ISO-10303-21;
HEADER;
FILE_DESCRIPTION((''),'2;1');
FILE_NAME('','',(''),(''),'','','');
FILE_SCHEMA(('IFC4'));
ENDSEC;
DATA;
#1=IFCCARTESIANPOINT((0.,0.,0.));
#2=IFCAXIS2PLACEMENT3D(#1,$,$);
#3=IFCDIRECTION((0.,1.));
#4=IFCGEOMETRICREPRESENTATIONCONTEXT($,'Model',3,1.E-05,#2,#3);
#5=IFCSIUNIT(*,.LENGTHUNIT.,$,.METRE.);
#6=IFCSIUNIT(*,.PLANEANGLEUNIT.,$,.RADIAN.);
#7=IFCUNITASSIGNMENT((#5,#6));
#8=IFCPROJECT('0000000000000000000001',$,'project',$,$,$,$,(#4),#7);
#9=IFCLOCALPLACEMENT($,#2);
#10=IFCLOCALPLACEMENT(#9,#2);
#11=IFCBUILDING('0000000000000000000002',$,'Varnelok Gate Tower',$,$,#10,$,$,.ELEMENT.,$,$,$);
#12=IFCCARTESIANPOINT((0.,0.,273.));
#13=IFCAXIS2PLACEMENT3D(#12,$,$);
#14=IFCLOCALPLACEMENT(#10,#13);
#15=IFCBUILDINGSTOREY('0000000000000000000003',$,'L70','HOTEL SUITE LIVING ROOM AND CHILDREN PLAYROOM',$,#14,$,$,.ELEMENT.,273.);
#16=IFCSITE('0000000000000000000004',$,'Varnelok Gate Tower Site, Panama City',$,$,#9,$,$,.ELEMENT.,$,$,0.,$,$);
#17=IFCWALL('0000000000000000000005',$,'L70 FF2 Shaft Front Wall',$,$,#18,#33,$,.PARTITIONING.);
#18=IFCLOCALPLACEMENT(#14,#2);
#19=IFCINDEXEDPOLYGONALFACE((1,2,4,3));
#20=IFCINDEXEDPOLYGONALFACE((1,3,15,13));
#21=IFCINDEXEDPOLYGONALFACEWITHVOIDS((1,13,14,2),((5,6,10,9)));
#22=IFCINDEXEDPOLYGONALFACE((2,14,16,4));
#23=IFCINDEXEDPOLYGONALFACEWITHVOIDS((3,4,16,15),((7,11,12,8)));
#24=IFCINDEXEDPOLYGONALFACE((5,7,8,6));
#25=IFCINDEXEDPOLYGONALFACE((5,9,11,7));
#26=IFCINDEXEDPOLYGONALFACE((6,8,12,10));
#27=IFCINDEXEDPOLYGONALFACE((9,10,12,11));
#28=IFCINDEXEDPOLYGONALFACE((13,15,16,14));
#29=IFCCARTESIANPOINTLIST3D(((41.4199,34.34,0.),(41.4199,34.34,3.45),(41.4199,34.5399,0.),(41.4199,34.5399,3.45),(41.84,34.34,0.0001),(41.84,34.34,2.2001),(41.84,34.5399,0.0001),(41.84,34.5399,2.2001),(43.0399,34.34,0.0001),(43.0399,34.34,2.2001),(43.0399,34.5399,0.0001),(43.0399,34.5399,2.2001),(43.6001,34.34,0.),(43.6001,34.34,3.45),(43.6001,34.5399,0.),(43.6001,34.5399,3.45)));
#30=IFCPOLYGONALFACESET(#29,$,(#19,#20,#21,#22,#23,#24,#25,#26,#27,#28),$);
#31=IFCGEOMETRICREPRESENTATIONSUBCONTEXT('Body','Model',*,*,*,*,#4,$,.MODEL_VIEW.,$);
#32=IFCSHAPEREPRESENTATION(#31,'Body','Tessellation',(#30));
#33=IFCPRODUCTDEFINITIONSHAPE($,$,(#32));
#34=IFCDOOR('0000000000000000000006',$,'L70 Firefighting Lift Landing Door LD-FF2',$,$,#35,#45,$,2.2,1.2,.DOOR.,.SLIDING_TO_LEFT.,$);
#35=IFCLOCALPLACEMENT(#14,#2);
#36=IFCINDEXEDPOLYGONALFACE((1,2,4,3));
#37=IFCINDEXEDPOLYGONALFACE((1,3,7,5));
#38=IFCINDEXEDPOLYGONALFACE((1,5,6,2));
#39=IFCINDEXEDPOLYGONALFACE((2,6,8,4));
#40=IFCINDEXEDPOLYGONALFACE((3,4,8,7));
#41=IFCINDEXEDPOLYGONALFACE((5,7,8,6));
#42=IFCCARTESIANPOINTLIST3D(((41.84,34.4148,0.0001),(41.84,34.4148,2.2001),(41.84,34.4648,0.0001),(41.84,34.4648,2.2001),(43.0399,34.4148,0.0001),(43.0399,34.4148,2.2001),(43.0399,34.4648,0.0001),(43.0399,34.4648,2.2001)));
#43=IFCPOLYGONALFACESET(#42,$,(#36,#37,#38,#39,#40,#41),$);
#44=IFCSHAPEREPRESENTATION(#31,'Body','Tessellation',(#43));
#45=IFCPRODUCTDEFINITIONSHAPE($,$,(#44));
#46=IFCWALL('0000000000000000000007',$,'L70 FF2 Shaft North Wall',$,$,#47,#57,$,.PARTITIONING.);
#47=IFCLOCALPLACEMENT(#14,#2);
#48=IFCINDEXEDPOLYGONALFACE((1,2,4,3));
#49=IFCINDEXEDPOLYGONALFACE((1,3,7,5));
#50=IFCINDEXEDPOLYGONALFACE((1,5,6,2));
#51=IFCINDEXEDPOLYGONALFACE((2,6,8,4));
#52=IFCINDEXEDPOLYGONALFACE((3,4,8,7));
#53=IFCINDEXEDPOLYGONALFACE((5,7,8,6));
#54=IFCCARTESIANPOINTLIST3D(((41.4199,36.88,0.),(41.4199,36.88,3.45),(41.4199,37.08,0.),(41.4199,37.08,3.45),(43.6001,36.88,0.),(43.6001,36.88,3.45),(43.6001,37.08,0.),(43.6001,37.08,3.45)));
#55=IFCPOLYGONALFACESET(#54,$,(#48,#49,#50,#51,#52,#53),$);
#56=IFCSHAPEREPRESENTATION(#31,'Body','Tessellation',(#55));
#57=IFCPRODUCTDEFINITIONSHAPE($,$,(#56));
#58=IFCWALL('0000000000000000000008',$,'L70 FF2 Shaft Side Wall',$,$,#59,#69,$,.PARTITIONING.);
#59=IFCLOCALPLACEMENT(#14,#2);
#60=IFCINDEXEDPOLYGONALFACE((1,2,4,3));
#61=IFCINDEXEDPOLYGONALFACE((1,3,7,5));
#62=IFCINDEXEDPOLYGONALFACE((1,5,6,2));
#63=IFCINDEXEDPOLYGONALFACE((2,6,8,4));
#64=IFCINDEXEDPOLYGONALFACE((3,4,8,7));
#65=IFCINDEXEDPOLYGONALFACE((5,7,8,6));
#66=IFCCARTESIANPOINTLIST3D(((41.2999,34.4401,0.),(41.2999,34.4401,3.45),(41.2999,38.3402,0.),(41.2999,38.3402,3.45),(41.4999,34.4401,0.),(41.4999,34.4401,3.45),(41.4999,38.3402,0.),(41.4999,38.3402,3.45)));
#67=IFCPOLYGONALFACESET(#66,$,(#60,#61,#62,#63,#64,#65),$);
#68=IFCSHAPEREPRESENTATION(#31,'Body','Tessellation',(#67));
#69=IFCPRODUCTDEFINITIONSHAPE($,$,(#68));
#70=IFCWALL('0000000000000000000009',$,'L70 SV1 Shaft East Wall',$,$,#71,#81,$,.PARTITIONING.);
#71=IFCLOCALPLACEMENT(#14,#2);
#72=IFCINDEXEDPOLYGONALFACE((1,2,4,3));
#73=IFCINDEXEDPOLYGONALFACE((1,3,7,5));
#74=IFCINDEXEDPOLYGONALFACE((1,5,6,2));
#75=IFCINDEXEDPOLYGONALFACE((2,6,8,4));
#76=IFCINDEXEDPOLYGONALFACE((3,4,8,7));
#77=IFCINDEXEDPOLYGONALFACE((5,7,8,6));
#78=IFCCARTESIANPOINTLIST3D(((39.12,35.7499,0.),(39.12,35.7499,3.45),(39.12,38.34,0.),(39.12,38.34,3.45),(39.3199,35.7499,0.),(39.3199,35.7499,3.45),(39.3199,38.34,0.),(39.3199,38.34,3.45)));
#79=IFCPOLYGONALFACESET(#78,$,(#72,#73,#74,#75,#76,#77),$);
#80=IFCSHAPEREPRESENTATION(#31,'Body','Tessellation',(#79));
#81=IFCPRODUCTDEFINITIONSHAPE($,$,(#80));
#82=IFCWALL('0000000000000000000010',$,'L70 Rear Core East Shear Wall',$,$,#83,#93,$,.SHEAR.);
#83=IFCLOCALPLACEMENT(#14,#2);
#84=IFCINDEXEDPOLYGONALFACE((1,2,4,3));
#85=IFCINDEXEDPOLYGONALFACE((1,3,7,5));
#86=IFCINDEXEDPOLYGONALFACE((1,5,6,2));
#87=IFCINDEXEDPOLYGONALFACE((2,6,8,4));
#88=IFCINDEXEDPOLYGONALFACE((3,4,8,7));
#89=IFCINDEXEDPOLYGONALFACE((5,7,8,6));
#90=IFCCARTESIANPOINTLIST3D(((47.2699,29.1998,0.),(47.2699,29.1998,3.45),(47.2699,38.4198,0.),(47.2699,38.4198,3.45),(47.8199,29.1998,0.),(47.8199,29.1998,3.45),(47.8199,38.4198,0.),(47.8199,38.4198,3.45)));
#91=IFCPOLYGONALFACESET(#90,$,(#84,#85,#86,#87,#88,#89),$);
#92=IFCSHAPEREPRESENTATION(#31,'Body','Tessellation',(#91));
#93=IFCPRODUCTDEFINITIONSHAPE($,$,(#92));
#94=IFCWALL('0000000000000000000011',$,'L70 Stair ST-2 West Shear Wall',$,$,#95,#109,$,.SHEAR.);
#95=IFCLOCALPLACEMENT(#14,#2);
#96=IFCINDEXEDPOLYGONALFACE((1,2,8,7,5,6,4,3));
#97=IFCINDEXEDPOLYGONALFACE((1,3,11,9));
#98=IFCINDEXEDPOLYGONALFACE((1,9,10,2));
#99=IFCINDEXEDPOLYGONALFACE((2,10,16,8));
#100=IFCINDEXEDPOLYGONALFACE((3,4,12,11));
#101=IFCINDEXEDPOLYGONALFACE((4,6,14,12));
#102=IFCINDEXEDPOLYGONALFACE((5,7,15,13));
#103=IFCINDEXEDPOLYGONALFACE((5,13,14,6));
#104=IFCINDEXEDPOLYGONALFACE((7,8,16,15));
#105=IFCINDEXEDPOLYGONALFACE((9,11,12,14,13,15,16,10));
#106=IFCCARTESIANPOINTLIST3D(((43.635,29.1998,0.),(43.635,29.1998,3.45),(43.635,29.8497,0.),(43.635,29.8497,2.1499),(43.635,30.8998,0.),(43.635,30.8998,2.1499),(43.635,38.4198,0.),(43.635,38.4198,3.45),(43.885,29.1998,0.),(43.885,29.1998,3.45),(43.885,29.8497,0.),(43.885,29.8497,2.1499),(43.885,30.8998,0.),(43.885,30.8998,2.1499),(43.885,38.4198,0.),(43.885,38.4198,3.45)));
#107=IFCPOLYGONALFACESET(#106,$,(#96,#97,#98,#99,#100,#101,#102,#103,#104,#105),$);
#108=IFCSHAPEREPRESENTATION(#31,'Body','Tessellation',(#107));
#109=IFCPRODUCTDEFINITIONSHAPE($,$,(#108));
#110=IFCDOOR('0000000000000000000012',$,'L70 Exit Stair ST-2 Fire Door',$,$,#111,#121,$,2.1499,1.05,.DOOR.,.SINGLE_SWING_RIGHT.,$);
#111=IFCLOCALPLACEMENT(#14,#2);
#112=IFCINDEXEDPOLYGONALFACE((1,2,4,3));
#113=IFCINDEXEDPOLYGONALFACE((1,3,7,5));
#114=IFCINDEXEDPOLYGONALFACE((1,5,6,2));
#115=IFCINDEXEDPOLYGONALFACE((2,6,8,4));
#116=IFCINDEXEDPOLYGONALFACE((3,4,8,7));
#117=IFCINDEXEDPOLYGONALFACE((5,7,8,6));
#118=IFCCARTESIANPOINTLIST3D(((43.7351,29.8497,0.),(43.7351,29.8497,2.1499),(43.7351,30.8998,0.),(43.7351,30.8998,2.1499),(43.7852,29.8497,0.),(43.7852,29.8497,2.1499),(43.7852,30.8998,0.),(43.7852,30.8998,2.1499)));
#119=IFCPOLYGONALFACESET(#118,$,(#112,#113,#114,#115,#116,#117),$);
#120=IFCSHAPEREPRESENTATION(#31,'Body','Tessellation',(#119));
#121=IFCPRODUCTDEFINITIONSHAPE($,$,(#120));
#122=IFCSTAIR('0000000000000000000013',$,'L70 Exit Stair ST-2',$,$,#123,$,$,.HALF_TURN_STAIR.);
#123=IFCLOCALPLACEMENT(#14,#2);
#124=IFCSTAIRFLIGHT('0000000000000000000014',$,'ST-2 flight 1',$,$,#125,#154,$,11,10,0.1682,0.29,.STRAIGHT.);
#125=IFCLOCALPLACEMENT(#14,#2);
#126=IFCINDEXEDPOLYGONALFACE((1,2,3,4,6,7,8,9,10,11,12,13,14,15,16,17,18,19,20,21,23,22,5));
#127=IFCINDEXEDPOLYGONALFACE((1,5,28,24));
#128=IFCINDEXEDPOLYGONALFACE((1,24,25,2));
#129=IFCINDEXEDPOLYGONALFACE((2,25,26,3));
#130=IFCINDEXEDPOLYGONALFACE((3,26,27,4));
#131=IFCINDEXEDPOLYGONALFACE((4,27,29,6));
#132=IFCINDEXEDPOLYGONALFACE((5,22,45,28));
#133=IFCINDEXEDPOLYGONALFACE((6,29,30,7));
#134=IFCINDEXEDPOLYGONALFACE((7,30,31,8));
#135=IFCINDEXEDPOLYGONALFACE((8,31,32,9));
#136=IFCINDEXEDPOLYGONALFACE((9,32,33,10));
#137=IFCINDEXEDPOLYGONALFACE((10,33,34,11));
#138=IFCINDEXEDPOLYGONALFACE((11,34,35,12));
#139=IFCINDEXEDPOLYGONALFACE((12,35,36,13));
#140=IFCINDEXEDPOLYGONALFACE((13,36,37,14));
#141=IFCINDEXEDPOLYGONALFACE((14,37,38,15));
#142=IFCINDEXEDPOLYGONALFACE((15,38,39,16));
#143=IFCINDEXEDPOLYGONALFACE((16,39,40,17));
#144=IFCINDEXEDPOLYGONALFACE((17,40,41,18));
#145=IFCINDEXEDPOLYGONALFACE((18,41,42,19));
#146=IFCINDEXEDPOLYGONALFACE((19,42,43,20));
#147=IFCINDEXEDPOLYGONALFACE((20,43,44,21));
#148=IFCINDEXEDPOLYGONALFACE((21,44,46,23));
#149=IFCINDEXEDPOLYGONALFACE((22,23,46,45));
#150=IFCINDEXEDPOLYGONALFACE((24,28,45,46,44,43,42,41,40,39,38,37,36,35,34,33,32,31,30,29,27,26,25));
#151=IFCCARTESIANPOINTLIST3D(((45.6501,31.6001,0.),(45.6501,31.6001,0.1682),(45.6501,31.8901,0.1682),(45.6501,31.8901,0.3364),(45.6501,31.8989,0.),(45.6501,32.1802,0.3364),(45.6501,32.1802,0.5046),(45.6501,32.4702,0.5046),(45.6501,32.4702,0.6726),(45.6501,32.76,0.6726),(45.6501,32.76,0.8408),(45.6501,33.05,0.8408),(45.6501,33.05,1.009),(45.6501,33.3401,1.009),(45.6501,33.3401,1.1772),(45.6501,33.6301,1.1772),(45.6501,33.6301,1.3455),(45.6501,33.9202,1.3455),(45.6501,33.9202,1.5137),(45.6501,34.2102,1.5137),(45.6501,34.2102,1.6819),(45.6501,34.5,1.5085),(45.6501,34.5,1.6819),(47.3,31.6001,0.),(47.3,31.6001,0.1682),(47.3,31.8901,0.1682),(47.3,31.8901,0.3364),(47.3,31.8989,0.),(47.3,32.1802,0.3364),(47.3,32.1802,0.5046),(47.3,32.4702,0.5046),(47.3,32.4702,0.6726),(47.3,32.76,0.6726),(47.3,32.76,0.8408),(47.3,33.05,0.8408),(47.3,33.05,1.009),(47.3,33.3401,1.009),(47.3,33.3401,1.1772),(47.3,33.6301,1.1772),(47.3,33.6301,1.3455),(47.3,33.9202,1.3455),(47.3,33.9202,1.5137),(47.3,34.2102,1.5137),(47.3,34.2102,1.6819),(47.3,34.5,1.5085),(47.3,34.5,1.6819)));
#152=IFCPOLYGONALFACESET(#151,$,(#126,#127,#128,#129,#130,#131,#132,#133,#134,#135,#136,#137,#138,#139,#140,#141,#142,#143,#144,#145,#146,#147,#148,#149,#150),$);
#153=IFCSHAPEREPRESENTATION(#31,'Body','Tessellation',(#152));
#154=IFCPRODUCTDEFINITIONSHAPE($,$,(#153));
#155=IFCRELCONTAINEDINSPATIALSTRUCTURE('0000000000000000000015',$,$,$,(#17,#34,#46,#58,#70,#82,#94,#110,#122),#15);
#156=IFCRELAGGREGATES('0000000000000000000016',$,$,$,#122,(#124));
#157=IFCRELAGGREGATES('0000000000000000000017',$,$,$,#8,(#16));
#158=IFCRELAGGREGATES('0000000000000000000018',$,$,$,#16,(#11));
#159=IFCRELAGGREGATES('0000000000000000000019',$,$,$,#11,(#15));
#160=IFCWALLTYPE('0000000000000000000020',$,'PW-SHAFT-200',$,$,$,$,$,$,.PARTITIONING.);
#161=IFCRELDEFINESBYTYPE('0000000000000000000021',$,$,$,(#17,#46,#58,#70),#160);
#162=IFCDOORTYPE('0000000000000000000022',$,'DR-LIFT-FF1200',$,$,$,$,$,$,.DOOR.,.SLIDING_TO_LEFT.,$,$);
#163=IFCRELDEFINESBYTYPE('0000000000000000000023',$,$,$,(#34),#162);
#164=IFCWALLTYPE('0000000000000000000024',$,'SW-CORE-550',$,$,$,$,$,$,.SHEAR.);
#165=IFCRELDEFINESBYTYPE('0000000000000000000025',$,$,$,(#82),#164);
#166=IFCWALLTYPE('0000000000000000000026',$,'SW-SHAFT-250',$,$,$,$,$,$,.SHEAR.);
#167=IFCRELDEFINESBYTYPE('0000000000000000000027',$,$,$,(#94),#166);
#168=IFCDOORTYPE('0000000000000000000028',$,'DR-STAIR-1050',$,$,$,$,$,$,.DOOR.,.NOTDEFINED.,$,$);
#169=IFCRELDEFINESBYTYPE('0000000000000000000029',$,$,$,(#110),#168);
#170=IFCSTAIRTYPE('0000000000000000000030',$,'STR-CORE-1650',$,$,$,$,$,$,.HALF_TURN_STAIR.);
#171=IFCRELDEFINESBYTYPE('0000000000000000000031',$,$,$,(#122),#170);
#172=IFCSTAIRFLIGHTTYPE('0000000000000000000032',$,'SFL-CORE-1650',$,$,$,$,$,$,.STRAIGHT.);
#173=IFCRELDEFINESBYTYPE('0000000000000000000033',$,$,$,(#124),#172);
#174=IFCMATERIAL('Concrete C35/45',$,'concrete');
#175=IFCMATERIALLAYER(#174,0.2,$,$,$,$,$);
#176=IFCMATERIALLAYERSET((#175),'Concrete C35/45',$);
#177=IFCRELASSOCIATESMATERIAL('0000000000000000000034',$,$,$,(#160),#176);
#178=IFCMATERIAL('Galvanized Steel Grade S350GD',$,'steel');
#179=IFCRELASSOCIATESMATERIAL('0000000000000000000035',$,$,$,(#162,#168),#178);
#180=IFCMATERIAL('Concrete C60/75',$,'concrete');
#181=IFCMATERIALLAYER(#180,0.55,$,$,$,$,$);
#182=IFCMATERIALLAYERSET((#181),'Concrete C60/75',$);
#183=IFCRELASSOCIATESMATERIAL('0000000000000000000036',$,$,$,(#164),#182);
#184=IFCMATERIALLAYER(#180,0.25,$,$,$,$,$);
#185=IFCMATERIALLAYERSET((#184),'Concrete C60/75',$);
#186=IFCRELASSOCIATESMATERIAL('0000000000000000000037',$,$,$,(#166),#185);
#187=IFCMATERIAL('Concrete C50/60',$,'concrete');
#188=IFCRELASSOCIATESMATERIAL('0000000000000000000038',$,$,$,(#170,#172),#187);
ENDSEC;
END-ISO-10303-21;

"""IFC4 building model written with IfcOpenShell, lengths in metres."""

from ifc_helpers import new_model, si_unit, direction, frame, frame_2d, origin, place, context, subcontext, project, spatial, polyline, rectangle, outline, extrude, material, layer, layer_set, type_object, element, fill, aggregate, save


model = new_model("IFC4")

# Units and contexts
model_context = context("Model", 3, precision=1e-05, world=origin(), true_north=direction((0.0, 1.0)))
body_context = subcontext(model_context, "Body", "Model", "MODEL_VIEW")
ifc_project = project(units=[si_unit("LENGTHUNIT", "METRE"), si_unit("PLANEANGLEUNIT", "RADIAN")], contexts=[model_context])

# Site, building, storey
site_placement = place(None, origin())
site = spatial("IfcSite", under=ifc_project, at=site_placement, Name="Varnelok Gate Tower Site, Panama City", CompositionType="ELEMENT", RefElevation=0.0)
building_placement = place(site_placement, origin())
building = spatial("IfcBuilding", under=site, at=building_placement, Name="Varnelok Gate Tower", CompositionType="ELEMENT")
storey_placement = place(building_placement, frame((0.0, 0.0, 273.0)))
storey = spatial("IfcBuildingStorey", under=building, at=storey_placement, Name="L70", Description="HOTEL SUITE LIVING ROOM AND CHILDREN PLAYROOM", CompositionType="ELEMENT", Elevation=273.0)

# Shared definitions
ifc_material_1 = material(Name="Concrete C50/60", Category="concrete")

# Shared definitions
ifc_material_2 = material(Name="Galvanized Steel Grade S350GD", Category="steel")

# Shared definitions
ifc_material_3 = material(Name="Concrete C35/45", Category="concrete")
ifc_layer_1 = layer(ifc_material_3, 0.2)
ifc_layer_set_1 = layer_set([ifc_layer_1], Name="Concrete C35/45")
wall_type_1 = type_object("IfcWallType", Name="PW-SHAFT-200", PredefinedType="PARTITIONING", material=ifc_layer_set_1)

# Wall, opening, door
wall_1_placement = place(storey_placement, frame((41.4199, 34.4399, 0.0), z_axis=(0.0, 0.0, 1.0), x_axis=(1.0, 0.0, 0.0)))
wall_1 = element("IfcWall", 1, at=wall_1_placement, inside=storey, type_object=wall_type_1, Name="L70 FF2 Shaft Front Wall", PredefinedType="PARTITIONING", context=body_context, shape_type="SweptSolid", body=[
    extrude(rectangle(XDim=2.1802, YDim=0.2, at=frame_2d((1.0901, 0.0))), origin(), (0.0, 0.0, 1.0), 3.45),
])
opening_1_placement = place(wall_1_placement, frame((0.4199, 0.0, 0.0)))
opening_1 = element("IfcOpeningElement", 2, at=opening_1_placement, cuts=wall_1, PredefinedType="OPENING", context=body_context, shape_type="SweptSolid", body=[
    extrude(rectangle(XDim=1.2, YDim=2.2, at=frame_2d((0.6001, 1.1001))), frame((0.0, 0.1099, 0.0), z_axis=(0.0, -1.0, 0.0), x_axis=(1.0, 0.0, 0.0)), (0.0, 0.0, 1.0), 0.22),
])
door_type_1 = type_object("IfcDoorType", Name="DR-LIFT-FF1200", OperationType="SLIDING_TO_LEFT", PredefinedType="DOOR", material=ifc_material_2)
door_1_placement = place(opening_1_placement, origin())
door_1 = element("IfcDoor", 3, at=door_1_placement, inside=storey, type_object=door_type_1, Name="L70 Firefighting Lift Landing Door LD-FF2", OperationType="SLIDING_TO_LEFT", OverallHeight=2.2, OverallWidth=1.2, PredefinedType="DOOR", context=body_context, shape_type="SweptSolid", body=[
    extrude(rectangle(XDim=1.2, YDim=2.2, at=frame_2d((0.6001, 1.1001))), frame((0.0, 0.0249, 0.0), z_axis=(0.0, -1.0, 0.0), x_axis=(1.0, 0.0, 0.0)), (0.0, 0.0, 1.0), 0.05),
])
fill(opening_1, door_1)

# Walls
wall_2_placement = place(storey_placement, frame((41.4199, 36.98, 0.0), z_axis=(0.0, 0.0, 1.0), x_axis=(1.0, 0.0, 0.0)))
element("IfcWall", 4, at=wall_2_placement, inside=storey, type_object=wall_type_1, Name="L70 FF2 Shaft North Wall", PredefinedType="PARTITIONING", context=body_context, shape_type="SweptSolid", body=[
    extrude(rectangle(XDim=2.1802, YDim=0.2, at=frame_2d((1.0901, 0.0))), origin(), (0.0, 0.0, 1.0), 3.45),
])
wall_3_placement = place(storey_placement, frame((41.3999, 34.4399, 0.0), z_axis=(0.0, 0.0, 1.0), x_axis=(0.0, 1.0, 0.0)))
element("IfcWall", 5, at=wall_3_placement, inside=storey, type_object=wall_type_1, Name="L70 FF2 Shaft Side Wall", PredefinedType="PARTITIONING", context=body_context, shape_type="SweptSolid", body=[
    extrude(rectangle(XDim=3.9001, YDim=0.2, at=frame_2d((1.9502, 0.0))), origin(), (0.0, 0.0, 1.0), 3.45),
])
wall_4_placement = place(storey_placement, frame((39.22, 35.75, 0.0), z_axis=(0.0, 0.0, 1.0), x_axis=(0.0, 1.0, 0.0)))
element("IfcWall", 6, at=wall_4_placement, inside=storey, type_object=wall_type_1, Name="L70 SV1 Shaft East Wall", PredefinedType="PARTITIONING", context=body_context, shape_type="SweptSolid", body=[
    extrude(rectangle(XDim=2.5901, YDim=0.2, at=frame_2d((1.2949, 0.0))), origin(), (0.0, 0.0, 1.0), 3.45),
])
ifc_material_4 = material(Name="Concrete C60/75", Category="concrete")
ifc_layer_2 = layer(ifc_material_4, 0.55)
ifc_layer_set_2 = layer_set([ifc_layer_2], Name="Concrete C60/75")
wall_type_2 = type_object("IfcWallType", Name="SW-CORE-550", PredefinedType="SHEAR", material=ifc_layer_set_2)
wall_5_placement = place(storey_placement, frame((47.5449, 29.2, 0.0), z_axis=(0.0, 0.0, 1.0), x_axis=(0.0, 1.0, 0.0)))
element("IfcWall", 7, at=wall_5_placement, inside=storey, type_object=wall_type_2, Name="L70 Rear Core East Shear Wall", PredefinedType="SHEAR", context=body_context, shape_type="SweptSolid", body=[
    extrude(rectangle(XDim=9.22, YDim=0.55, at=frame_2d((4.6099, 0.0))), origin(), (0.0, 0.0, 1.0), 3.45),
])

# Wall, opening, door
ifc_layer_3 = layer(ifc_material_4, 0.25)
ifc_layer_set_3 = layer_set([ifc_layer_3], Name="Concrete C60/75")
wall_type_3 = type_object("IfcWallType", Name="SW-SHAFT-250", PredefinedType="SHEAR", material=ifc_layer_set_3)
wall_6_placement = place(storey_placement, frame((43.76, 29.2, 0.0), z_axis=(0.0, 0.0, 1.0), x_axis=(0.0, 1.0, 0.0)))
wall_6 = element("IfcWall", 8, at=wall_6_placement, inside=storey, type_object=wall_type_3, Name="L70 Stair ST-2 West Shear Wall", PredefinedType="SHEAR", context=body_context, shape_type="SweptSolid", body=[
    extrude(rectangle(XDim=9.22, YDim=0.25, at=frame_2d((4.6099, 0.0))), origin(), (0.0, 0.0, 1.0), 3.45),
])
opening_2_placement = place(wall_6_placement, frame((0.6499, 0.0, 0.0)))
opening_2 = element("IfcOpeningElement", 9, at=opening_2_placement, cuts=wall_6, PredefinedType="OPENING", context=body_context, shape_type="SweptSolid", body=[
    extrude(rectangle(XDim=1.05, YDim=2.1499, at=frame_2d((0.5249, 1.075))), frame((0.0, 0.135, 0.0), z_axis=(0.0, -1.0, 0.0), x_axis=(1.0, 0.0, 0.0)), (0.0, 0.0, 1.0), 0.27),
])
door_type_2 = type_object("IfcDoorType", Name="DR-STAIR-1050", OperationType="NOTDEFINED", PredefinedType="DOOR", material=ifc_material_2)
door_2_placement = place(opening_2_placement, origin())
door_2 = element("IfcDoor", 10, at=door_2_placement, inside=storey, type_object=door_type_2, Name="L70 Exit Stair ST-2 Fire Door", OperationType="SINGLE_SWING_RIGHT", OverallHeight=2.1499, OverallWidth=1.05, PredefinedType="DOOR", context=body_context, shape_type="SweptSolid", body=[
    extrude(rectangle(XDim=1.05, YDim=2.1499, at=frame_2d((0.5249, 1.075))), frame((0.0, 0.0249, 0.0), z_axis=(0.0, -1.0, 0.0), x_axis=(1.0, 0.0, 0.0)), (0.0, 0.0, 1.0), 0.05),
])
fill(opening_2, door_2)

# Stair, stair flight
stair_type = type_object("IfcStairType", Name="STR-CORE-1650", PredefinedType="HALF_TURN_STAIR", material=ifc_material_1)
stair_placement = place(storey_placement, origin())
stair = element("IfcStair", 11, at=stair_placement, inside=storey, type_object=stair_type, Name="L70 Exit Stair ST-2", PredefinedType="HALF_TURN_STAIR")
stair_flight_type = type_object("IfcStairFlightType", Name="SFL-CORE-1650", PredefinedType="STRAIGHT", material=ifc_material_1)
stair_flight_1_placement = place(storey_placement, frame((46.4751, 31.6001, 0.0), z_axis=(0.0, 0.0, 1.0), x_axis=(0.0, 1.0, 0.0)))
stair_flight_1 = element("IfcStairFlight", 12, at=stair_flight_1_placement, type_object=stair_flight_type, Name="ST-2 flight 1", NumberOfRisers=11, NumberOfTreads=10, PredefinedType="STRAIGHT", RiserHeight=0.1682, TreadLength=0.29, context=body_context, shape_type="SweptSolid", body=[
    extrude(outline(polyline([(0.0, 0.0), (0.0, 0.1682), (0.29, 0.1682), (0.29, 0.3364), (0.5801, 0.3364), (0.5801, 0.5046), (0.8701, 0.5046), (0.8701, 0.6726), (1.1599, 0.6726), (1.1599, 0.8408), (1.45, 0.8408), (1.45, 1.009), (1.74, 1.009), (1.74, 1.1772), (2.03, 1.1772), (2.03, 1.3455), (2.3201, 1.3455), (2.3201, 1.5137), (2.6101, 1.5137), (2.6101, 1.6819), (2.8999, 1.6819), (2.8999, 1.8501), (2.8999, 1.5085), (0.2988, 0.0), (0.0, 0.0)])), frame((0.0, 0.825, 0.0), z_axis=(0.0, -1.0, 0.0), x_axis=(1.0, 0.0, 0.0)), (0.0, 0.0, 1.0), 1.6499),
])
aggregate(stair, [stair_flight_1])

save(model, "model.ifc")
